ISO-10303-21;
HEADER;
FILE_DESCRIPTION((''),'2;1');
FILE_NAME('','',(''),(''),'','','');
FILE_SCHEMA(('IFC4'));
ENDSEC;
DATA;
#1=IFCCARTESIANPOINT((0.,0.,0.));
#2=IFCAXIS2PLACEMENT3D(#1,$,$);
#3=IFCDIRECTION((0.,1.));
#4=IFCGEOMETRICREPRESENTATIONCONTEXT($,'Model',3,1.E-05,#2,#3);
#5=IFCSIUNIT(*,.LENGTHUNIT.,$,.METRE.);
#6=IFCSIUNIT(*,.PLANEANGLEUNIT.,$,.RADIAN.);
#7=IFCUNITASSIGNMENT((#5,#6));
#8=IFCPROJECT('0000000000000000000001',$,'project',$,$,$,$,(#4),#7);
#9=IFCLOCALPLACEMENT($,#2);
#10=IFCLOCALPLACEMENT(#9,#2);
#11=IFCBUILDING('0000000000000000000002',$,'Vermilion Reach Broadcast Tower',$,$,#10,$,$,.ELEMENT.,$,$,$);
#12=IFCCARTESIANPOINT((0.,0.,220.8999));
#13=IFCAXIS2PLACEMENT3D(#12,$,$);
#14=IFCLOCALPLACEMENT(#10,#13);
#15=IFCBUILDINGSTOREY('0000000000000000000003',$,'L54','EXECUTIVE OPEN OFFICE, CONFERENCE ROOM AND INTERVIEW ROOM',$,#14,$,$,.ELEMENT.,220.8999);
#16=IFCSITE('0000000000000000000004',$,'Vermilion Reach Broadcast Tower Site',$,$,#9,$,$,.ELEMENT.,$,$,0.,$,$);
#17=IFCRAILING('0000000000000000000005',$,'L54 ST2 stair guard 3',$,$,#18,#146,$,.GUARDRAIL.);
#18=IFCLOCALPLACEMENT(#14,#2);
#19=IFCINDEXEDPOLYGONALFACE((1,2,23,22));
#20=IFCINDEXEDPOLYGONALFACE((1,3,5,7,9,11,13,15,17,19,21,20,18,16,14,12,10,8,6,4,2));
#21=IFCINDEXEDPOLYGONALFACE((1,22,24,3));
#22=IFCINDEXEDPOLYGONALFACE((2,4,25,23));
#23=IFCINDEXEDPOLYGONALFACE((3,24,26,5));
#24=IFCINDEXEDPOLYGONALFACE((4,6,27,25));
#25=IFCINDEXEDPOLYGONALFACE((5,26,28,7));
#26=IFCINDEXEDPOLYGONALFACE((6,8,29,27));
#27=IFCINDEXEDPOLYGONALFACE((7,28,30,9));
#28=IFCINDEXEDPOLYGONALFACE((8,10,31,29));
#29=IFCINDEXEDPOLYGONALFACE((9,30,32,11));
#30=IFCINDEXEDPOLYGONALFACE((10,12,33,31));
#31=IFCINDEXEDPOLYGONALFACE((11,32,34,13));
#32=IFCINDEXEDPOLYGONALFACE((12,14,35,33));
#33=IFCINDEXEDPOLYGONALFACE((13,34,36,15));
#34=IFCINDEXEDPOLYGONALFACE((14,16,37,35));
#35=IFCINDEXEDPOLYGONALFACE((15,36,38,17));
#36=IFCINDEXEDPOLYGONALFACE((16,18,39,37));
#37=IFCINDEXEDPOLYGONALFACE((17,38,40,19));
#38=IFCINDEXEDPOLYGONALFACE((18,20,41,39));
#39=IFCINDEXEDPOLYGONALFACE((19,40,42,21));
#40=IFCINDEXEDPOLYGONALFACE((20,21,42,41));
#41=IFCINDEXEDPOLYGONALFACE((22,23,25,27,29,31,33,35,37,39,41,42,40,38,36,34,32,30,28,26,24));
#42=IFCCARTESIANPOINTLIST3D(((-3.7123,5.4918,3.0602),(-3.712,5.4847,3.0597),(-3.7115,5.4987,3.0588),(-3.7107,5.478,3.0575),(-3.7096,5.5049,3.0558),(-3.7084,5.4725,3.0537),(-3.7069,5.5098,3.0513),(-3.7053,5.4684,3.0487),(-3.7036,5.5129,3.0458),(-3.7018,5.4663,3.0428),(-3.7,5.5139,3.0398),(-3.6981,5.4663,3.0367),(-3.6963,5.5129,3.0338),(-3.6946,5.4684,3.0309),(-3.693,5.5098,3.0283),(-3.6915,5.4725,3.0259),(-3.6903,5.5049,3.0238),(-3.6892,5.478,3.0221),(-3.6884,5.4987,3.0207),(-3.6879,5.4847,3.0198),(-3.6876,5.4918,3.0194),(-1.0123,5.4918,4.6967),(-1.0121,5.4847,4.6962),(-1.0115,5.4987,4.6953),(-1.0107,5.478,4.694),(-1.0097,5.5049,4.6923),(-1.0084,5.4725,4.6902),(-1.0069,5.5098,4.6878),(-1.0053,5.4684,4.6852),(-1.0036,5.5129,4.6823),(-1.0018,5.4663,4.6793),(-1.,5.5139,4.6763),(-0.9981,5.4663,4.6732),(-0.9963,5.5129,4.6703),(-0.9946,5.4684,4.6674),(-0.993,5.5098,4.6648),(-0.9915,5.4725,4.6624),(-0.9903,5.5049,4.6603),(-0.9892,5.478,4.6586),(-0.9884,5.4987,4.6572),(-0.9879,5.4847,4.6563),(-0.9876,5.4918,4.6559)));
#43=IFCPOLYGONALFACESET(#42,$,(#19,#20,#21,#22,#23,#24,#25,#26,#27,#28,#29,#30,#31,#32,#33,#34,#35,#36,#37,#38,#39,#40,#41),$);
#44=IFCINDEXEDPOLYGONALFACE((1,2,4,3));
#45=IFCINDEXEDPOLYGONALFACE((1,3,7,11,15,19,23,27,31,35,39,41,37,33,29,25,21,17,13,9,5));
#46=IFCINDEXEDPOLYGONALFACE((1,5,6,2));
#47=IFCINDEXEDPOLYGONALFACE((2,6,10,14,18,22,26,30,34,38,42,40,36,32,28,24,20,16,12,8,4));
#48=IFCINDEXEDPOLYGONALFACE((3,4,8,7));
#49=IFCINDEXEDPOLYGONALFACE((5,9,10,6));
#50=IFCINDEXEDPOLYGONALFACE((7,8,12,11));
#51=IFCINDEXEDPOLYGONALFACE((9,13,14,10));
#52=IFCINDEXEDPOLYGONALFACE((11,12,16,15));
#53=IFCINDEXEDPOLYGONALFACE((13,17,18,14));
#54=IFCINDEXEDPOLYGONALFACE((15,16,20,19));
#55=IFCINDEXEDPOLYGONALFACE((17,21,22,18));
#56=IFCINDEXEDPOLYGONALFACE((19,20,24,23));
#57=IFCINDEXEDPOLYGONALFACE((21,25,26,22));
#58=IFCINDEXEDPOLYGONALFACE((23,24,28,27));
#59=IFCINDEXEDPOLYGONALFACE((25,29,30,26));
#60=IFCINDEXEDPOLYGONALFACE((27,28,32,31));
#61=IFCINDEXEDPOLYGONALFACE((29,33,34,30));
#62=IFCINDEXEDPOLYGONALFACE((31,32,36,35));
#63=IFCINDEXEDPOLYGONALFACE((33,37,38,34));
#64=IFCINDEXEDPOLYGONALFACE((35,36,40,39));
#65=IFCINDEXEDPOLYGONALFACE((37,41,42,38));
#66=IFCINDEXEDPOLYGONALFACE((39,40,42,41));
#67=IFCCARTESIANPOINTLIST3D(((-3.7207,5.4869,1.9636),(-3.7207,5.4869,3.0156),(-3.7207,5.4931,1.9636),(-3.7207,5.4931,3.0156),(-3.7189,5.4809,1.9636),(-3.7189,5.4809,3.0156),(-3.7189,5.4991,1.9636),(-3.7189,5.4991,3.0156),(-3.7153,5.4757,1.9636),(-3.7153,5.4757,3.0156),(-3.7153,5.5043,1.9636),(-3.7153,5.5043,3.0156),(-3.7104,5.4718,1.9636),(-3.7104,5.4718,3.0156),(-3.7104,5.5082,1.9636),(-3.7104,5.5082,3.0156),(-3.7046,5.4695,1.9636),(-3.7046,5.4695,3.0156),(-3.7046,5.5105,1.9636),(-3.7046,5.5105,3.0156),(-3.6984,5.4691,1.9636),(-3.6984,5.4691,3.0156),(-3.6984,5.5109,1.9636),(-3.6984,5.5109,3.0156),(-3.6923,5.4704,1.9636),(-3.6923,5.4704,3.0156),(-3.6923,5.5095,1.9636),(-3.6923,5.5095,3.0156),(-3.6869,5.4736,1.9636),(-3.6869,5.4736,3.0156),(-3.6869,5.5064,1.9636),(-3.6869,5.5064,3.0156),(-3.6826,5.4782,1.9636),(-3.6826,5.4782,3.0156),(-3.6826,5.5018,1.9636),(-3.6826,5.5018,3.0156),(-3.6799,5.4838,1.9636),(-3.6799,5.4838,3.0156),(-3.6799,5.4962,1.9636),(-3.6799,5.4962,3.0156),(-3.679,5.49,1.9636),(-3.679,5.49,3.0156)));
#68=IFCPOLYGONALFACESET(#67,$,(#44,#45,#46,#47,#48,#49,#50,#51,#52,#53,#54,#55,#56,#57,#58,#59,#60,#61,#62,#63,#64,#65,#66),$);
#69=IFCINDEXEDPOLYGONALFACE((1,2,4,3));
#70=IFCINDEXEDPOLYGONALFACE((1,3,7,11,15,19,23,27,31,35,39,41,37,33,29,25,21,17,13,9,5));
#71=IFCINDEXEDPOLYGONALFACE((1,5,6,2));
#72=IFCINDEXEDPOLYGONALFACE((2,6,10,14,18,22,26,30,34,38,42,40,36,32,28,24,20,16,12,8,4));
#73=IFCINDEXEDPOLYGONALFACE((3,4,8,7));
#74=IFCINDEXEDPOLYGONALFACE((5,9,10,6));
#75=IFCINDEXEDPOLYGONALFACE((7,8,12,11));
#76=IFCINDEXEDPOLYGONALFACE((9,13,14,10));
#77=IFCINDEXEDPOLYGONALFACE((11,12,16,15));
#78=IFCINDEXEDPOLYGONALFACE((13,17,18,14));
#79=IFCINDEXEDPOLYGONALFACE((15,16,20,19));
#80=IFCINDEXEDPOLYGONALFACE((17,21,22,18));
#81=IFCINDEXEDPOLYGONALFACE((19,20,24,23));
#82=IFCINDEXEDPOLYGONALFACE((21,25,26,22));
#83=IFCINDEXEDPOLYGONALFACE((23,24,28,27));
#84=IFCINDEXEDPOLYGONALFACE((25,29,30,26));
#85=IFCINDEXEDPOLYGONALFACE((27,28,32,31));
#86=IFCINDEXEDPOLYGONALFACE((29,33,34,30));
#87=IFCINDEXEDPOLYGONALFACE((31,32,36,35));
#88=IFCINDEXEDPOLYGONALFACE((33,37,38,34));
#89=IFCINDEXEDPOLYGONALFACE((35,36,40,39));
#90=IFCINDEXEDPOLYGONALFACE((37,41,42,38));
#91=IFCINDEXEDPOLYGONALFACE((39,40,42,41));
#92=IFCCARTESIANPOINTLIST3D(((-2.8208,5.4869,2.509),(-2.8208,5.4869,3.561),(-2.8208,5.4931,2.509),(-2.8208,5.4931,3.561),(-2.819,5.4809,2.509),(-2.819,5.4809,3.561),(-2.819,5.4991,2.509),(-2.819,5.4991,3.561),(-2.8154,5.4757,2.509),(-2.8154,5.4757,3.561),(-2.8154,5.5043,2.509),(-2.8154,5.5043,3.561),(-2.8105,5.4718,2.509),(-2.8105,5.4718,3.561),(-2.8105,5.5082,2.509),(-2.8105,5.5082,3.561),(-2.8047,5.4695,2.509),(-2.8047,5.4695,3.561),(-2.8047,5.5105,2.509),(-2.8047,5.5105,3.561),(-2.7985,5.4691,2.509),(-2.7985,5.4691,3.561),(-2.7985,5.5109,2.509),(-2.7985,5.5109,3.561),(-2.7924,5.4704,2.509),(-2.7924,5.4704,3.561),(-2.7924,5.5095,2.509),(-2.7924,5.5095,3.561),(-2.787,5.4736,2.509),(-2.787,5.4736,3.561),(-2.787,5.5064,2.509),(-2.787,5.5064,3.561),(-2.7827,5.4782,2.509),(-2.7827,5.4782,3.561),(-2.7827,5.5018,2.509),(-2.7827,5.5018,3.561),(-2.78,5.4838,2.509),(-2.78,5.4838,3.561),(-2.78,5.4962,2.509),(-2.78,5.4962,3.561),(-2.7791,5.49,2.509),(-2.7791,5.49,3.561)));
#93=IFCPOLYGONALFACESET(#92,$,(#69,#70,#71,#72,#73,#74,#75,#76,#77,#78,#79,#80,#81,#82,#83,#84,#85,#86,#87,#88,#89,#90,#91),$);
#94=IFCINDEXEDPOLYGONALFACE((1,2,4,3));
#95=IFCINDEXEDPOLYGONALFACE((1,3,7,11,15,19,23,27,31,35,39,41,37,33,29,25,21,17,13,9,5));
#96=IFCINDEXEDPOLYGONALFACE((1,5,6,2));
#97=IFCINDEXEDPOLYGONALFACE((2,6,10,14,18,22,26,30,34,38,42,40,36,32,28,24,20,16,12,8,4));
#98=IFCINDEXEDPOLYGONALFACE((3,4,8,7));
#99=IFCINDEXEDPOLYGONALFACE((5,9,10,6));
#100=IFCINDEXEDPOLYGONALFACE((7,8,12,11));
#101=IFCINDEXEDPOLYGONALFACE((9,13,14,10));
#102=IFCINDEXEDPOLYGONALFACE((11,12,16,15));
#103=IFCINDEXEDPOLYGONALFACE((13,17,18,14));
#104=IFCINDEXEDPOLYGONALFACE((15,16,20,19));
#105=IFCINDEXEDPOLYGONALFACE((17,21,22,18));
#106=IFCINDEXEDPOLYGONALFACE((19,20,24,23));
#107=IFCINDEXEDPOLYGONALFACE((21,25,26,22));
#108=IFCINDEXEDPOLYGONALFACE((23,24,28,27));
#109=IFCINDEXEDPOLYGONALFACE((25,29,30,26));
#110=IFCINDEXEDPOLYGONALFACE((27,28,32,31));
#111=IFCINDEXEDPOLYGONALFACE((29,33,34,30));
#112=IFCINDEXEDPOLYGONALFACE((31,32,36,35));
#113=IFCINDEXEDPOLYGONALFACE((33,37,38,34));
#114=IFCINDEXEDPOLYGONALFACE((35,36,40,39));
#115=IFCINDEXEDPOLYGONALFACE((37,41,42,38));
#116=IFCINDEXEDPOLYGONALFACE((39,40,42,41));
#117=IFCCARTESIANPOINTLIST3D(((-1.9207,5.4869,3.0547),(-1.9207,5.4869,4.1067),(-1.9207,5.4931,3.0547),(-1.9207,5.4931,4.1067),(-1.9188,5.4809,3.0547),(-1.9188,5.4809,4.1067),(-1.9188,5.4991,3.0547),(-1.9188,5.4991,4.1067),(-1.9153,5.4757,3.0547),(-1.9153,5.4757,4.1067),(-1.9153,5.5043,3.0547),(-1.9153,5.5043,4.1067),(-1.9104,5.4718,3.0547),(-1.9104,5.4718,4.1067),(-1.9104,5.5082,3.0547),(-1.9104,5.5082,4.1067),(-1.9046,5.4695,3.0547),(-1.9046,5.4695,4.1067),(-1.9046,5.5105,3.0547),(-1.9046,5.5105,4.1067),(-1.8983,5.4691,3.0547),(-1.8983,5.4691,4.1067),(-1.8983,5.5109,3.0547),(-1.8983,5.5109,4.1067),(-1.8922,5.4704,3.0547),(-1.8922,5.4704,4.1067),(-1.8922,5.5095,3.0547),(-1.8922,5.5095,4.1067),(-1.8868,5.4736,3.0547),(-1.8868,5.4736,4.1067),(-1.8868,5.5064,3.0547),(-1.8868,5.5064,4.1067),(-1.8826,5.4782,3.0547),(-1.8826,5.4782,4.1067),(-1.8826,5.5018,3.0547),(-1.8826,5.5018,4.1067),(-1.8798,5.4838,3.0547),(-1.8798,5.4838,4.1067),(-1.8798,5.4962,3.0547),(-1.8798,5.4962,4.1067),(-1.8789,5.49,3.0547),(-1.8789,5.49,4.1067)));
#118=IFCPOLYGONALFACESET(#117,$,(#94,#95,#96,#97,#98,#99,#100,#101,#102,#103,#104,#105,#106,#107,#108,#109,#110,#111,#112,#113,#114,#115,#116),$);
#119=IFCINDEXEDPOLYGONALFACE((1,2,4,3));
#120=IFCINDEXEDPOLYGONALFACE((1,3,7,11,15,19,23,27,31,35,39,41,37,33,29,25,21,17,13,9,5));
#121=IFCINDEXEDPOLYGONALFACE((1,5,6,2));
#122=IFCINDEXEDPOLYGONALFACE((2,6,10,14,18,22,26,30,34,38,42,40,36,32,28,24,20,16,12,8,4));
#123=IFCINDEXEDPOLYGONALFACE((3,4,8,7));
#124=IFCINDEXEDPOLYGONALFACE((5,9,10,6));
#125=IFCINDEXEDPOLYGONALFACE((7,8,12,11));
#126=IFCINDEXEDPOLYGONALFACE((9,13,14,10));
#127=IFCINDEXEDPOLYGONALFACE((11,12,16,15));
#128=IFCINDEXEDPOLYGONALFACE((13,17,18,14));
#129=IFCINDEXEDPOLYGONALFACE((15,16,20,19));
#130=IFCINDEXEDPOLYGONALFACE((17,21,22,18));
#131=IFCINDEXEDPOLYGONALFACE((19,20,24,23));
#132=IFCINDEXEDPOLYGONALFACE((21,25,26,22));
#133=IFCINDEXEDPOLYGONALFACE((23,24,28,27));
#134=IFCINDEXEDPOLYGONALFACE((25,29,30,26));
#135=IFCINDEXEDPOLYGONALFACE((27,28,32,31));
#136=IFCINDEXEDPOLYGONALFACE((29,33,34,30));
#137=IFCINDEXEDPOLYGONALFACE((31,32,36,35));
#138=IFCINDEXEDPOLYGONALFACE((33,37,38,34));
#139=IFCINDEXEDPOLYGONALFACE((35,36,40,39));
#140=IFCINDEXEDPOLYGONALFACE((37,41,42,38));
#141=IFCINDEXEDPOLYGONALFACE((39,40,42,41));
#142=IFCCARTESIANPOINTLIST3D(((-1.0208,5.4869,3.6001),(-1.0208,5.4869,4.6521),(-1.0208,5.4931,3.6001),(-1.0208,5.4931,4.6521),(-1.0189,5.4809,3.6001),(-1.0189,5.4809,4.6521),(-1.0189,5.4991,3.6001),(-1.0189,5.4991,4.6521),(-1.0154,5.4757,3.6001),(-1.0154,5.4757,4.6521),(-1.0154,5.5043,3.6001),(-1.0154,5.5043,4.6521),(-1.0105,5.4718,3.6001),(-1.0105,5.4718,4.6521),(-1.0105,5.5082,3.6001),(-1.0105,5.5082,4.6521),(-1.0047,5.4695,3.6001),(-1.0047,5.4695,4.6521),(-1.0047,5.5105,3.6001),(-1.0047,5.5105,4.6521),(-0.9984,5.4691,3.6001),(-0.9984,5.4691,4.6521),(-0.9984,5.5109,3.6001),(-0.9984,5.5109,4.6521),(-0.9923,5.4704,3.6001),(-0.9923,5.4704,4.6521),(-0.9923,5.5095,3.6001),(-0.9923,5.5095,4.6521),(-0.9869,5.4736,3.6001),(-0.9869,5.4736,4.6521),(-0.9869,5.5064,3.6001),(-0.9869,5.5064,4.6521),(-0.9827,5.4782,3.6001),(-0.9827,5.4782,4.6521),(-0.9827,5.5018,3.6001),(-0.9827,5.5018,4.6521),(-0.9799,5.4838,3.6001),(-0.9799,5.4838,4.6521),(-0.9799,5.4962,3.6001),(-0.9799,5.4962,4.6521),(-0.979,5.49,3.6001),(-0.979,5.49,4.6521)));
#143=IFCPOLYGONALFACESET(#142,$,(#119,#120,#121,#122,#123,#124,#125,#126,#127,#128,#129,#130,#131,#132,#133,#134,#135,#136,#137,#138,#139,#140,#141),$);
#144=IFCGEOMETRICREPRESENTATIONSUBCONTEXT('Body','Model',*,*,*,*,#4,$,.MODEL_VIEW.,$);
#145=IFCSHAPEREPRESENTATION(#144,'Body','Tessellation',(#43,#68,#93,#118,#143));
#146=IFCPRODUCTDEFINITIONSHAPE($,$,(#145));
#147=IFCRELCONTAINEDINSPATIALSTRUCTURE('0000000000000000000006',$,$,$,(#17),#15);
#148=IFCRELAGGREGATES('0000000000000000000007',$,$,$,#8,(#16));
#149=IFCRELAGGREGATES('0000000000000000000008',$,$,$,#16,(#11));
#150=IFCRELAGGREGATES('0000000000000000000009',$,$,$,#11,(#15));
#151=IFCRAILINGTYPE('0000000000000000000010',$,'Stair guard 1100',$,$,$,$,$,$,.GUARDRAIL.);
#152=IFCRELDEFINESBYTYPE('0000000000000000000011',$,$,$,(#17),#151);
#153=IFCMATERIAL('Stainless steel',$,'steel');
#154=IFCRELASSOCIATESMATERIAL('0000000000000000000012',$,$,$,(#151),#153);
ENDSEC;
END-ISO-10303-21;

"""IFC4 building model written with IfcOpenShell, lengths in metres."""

from ifc_helpers import new_model, si_unit, direction, frame, origin, origin_2d, place, context, subcontext, project, spatial, circle, extrude, material, type_object, element, save


model = new_model("IFC4")

# Units and contexts
model_context = context("Model", 3, precision=1e-05, world=origin(), true_north=direction((0.0, 1.0)))
body_context = subcontext(model_context, "Body", "Model", "MODEL_VIEW")
ifc_project = project(units=[si_unit("LENGTHUNIT", "METRE"), si_unit("PLANEANGLEUNIT", "RADIAN")], contexts=[model_context])

# Site, building, storey
site_placement = place(None, origin())
site = spatial("IfcSite", under=ifc_project, at=site_placement, Name="Vermilion Reach Broadcast Tower Site", CompositionType="ELEMENT", RefElevation=0.0)
building_placement = place(site_placement, origin())
building = spatial("IfcBuilding", under=site, at=building_placement, Name="Vermilion Reach Broadcast Tower", CompositionType="ELEMENT")
storey_placement = place(building_placement, frame((0.0, 0.0, 220.8999)))
storey = spatial("IfcBuildingStorey", under=building, at=storey_placement, Name="L54", Description="EXECUTIVE OPEN OFFICE, CONFERENCE ROOM AND INTERVIEW ROOM", CompositionType="ELEMENT", Elevation=220.8999)

# Railing
ifc_material_1 = material(Name="Stainless steel", Category="steel")
railing_type_1 = type_object("IfcRailingType", Name="Stair guard 1100", PredefinedType="GUARDRAIL", material=ifc_material_1)
railing_1_placement = place(storey_placement, frame((-3.7, 5.49, 1.9636)))
element("IfcRailing", 1, at=railing_1_placement, inside=storey, type_object=railing_type_1, Name="L54 ST2 stair guard 3", PredefinedType="GUARDRAIL", context=body_context, shape_type="SweptSolid", body=[
    extrude(circle(Radius=0.0239, at=origin_2d()), frame((0.0, 0.0, 1.0762), z_axis=(0.855178, 0.0, 0.518334), x_axis=(0.0, 1.0, 0.0)), (0.0, 0.0, 1.0), 3.1572),
    extrude(circle(Radius=0.021, at=origin_2d()), origin(), (0.0, 0.0, 1.0), 1.052),
    extrude(circle(Radius=0.021, at=origin_2d()), frame((0.8999, 0.0, 0.5454)), (0.0, 0.0, 1.0), 1.052),
    extrude(circle(Radius=0.021, at=origin_2d()), frame((1.8, 0.0, 1.0911)), (0.0, 0.0, 1.0), 1.052),
    extrude(circle(Radius=0.021, at=origin_2d()), frame((2.7, 0.0, 1.6365)), (0.0, 0.0, 1.0), 1.052),
])

save(model, "model.ifc")
